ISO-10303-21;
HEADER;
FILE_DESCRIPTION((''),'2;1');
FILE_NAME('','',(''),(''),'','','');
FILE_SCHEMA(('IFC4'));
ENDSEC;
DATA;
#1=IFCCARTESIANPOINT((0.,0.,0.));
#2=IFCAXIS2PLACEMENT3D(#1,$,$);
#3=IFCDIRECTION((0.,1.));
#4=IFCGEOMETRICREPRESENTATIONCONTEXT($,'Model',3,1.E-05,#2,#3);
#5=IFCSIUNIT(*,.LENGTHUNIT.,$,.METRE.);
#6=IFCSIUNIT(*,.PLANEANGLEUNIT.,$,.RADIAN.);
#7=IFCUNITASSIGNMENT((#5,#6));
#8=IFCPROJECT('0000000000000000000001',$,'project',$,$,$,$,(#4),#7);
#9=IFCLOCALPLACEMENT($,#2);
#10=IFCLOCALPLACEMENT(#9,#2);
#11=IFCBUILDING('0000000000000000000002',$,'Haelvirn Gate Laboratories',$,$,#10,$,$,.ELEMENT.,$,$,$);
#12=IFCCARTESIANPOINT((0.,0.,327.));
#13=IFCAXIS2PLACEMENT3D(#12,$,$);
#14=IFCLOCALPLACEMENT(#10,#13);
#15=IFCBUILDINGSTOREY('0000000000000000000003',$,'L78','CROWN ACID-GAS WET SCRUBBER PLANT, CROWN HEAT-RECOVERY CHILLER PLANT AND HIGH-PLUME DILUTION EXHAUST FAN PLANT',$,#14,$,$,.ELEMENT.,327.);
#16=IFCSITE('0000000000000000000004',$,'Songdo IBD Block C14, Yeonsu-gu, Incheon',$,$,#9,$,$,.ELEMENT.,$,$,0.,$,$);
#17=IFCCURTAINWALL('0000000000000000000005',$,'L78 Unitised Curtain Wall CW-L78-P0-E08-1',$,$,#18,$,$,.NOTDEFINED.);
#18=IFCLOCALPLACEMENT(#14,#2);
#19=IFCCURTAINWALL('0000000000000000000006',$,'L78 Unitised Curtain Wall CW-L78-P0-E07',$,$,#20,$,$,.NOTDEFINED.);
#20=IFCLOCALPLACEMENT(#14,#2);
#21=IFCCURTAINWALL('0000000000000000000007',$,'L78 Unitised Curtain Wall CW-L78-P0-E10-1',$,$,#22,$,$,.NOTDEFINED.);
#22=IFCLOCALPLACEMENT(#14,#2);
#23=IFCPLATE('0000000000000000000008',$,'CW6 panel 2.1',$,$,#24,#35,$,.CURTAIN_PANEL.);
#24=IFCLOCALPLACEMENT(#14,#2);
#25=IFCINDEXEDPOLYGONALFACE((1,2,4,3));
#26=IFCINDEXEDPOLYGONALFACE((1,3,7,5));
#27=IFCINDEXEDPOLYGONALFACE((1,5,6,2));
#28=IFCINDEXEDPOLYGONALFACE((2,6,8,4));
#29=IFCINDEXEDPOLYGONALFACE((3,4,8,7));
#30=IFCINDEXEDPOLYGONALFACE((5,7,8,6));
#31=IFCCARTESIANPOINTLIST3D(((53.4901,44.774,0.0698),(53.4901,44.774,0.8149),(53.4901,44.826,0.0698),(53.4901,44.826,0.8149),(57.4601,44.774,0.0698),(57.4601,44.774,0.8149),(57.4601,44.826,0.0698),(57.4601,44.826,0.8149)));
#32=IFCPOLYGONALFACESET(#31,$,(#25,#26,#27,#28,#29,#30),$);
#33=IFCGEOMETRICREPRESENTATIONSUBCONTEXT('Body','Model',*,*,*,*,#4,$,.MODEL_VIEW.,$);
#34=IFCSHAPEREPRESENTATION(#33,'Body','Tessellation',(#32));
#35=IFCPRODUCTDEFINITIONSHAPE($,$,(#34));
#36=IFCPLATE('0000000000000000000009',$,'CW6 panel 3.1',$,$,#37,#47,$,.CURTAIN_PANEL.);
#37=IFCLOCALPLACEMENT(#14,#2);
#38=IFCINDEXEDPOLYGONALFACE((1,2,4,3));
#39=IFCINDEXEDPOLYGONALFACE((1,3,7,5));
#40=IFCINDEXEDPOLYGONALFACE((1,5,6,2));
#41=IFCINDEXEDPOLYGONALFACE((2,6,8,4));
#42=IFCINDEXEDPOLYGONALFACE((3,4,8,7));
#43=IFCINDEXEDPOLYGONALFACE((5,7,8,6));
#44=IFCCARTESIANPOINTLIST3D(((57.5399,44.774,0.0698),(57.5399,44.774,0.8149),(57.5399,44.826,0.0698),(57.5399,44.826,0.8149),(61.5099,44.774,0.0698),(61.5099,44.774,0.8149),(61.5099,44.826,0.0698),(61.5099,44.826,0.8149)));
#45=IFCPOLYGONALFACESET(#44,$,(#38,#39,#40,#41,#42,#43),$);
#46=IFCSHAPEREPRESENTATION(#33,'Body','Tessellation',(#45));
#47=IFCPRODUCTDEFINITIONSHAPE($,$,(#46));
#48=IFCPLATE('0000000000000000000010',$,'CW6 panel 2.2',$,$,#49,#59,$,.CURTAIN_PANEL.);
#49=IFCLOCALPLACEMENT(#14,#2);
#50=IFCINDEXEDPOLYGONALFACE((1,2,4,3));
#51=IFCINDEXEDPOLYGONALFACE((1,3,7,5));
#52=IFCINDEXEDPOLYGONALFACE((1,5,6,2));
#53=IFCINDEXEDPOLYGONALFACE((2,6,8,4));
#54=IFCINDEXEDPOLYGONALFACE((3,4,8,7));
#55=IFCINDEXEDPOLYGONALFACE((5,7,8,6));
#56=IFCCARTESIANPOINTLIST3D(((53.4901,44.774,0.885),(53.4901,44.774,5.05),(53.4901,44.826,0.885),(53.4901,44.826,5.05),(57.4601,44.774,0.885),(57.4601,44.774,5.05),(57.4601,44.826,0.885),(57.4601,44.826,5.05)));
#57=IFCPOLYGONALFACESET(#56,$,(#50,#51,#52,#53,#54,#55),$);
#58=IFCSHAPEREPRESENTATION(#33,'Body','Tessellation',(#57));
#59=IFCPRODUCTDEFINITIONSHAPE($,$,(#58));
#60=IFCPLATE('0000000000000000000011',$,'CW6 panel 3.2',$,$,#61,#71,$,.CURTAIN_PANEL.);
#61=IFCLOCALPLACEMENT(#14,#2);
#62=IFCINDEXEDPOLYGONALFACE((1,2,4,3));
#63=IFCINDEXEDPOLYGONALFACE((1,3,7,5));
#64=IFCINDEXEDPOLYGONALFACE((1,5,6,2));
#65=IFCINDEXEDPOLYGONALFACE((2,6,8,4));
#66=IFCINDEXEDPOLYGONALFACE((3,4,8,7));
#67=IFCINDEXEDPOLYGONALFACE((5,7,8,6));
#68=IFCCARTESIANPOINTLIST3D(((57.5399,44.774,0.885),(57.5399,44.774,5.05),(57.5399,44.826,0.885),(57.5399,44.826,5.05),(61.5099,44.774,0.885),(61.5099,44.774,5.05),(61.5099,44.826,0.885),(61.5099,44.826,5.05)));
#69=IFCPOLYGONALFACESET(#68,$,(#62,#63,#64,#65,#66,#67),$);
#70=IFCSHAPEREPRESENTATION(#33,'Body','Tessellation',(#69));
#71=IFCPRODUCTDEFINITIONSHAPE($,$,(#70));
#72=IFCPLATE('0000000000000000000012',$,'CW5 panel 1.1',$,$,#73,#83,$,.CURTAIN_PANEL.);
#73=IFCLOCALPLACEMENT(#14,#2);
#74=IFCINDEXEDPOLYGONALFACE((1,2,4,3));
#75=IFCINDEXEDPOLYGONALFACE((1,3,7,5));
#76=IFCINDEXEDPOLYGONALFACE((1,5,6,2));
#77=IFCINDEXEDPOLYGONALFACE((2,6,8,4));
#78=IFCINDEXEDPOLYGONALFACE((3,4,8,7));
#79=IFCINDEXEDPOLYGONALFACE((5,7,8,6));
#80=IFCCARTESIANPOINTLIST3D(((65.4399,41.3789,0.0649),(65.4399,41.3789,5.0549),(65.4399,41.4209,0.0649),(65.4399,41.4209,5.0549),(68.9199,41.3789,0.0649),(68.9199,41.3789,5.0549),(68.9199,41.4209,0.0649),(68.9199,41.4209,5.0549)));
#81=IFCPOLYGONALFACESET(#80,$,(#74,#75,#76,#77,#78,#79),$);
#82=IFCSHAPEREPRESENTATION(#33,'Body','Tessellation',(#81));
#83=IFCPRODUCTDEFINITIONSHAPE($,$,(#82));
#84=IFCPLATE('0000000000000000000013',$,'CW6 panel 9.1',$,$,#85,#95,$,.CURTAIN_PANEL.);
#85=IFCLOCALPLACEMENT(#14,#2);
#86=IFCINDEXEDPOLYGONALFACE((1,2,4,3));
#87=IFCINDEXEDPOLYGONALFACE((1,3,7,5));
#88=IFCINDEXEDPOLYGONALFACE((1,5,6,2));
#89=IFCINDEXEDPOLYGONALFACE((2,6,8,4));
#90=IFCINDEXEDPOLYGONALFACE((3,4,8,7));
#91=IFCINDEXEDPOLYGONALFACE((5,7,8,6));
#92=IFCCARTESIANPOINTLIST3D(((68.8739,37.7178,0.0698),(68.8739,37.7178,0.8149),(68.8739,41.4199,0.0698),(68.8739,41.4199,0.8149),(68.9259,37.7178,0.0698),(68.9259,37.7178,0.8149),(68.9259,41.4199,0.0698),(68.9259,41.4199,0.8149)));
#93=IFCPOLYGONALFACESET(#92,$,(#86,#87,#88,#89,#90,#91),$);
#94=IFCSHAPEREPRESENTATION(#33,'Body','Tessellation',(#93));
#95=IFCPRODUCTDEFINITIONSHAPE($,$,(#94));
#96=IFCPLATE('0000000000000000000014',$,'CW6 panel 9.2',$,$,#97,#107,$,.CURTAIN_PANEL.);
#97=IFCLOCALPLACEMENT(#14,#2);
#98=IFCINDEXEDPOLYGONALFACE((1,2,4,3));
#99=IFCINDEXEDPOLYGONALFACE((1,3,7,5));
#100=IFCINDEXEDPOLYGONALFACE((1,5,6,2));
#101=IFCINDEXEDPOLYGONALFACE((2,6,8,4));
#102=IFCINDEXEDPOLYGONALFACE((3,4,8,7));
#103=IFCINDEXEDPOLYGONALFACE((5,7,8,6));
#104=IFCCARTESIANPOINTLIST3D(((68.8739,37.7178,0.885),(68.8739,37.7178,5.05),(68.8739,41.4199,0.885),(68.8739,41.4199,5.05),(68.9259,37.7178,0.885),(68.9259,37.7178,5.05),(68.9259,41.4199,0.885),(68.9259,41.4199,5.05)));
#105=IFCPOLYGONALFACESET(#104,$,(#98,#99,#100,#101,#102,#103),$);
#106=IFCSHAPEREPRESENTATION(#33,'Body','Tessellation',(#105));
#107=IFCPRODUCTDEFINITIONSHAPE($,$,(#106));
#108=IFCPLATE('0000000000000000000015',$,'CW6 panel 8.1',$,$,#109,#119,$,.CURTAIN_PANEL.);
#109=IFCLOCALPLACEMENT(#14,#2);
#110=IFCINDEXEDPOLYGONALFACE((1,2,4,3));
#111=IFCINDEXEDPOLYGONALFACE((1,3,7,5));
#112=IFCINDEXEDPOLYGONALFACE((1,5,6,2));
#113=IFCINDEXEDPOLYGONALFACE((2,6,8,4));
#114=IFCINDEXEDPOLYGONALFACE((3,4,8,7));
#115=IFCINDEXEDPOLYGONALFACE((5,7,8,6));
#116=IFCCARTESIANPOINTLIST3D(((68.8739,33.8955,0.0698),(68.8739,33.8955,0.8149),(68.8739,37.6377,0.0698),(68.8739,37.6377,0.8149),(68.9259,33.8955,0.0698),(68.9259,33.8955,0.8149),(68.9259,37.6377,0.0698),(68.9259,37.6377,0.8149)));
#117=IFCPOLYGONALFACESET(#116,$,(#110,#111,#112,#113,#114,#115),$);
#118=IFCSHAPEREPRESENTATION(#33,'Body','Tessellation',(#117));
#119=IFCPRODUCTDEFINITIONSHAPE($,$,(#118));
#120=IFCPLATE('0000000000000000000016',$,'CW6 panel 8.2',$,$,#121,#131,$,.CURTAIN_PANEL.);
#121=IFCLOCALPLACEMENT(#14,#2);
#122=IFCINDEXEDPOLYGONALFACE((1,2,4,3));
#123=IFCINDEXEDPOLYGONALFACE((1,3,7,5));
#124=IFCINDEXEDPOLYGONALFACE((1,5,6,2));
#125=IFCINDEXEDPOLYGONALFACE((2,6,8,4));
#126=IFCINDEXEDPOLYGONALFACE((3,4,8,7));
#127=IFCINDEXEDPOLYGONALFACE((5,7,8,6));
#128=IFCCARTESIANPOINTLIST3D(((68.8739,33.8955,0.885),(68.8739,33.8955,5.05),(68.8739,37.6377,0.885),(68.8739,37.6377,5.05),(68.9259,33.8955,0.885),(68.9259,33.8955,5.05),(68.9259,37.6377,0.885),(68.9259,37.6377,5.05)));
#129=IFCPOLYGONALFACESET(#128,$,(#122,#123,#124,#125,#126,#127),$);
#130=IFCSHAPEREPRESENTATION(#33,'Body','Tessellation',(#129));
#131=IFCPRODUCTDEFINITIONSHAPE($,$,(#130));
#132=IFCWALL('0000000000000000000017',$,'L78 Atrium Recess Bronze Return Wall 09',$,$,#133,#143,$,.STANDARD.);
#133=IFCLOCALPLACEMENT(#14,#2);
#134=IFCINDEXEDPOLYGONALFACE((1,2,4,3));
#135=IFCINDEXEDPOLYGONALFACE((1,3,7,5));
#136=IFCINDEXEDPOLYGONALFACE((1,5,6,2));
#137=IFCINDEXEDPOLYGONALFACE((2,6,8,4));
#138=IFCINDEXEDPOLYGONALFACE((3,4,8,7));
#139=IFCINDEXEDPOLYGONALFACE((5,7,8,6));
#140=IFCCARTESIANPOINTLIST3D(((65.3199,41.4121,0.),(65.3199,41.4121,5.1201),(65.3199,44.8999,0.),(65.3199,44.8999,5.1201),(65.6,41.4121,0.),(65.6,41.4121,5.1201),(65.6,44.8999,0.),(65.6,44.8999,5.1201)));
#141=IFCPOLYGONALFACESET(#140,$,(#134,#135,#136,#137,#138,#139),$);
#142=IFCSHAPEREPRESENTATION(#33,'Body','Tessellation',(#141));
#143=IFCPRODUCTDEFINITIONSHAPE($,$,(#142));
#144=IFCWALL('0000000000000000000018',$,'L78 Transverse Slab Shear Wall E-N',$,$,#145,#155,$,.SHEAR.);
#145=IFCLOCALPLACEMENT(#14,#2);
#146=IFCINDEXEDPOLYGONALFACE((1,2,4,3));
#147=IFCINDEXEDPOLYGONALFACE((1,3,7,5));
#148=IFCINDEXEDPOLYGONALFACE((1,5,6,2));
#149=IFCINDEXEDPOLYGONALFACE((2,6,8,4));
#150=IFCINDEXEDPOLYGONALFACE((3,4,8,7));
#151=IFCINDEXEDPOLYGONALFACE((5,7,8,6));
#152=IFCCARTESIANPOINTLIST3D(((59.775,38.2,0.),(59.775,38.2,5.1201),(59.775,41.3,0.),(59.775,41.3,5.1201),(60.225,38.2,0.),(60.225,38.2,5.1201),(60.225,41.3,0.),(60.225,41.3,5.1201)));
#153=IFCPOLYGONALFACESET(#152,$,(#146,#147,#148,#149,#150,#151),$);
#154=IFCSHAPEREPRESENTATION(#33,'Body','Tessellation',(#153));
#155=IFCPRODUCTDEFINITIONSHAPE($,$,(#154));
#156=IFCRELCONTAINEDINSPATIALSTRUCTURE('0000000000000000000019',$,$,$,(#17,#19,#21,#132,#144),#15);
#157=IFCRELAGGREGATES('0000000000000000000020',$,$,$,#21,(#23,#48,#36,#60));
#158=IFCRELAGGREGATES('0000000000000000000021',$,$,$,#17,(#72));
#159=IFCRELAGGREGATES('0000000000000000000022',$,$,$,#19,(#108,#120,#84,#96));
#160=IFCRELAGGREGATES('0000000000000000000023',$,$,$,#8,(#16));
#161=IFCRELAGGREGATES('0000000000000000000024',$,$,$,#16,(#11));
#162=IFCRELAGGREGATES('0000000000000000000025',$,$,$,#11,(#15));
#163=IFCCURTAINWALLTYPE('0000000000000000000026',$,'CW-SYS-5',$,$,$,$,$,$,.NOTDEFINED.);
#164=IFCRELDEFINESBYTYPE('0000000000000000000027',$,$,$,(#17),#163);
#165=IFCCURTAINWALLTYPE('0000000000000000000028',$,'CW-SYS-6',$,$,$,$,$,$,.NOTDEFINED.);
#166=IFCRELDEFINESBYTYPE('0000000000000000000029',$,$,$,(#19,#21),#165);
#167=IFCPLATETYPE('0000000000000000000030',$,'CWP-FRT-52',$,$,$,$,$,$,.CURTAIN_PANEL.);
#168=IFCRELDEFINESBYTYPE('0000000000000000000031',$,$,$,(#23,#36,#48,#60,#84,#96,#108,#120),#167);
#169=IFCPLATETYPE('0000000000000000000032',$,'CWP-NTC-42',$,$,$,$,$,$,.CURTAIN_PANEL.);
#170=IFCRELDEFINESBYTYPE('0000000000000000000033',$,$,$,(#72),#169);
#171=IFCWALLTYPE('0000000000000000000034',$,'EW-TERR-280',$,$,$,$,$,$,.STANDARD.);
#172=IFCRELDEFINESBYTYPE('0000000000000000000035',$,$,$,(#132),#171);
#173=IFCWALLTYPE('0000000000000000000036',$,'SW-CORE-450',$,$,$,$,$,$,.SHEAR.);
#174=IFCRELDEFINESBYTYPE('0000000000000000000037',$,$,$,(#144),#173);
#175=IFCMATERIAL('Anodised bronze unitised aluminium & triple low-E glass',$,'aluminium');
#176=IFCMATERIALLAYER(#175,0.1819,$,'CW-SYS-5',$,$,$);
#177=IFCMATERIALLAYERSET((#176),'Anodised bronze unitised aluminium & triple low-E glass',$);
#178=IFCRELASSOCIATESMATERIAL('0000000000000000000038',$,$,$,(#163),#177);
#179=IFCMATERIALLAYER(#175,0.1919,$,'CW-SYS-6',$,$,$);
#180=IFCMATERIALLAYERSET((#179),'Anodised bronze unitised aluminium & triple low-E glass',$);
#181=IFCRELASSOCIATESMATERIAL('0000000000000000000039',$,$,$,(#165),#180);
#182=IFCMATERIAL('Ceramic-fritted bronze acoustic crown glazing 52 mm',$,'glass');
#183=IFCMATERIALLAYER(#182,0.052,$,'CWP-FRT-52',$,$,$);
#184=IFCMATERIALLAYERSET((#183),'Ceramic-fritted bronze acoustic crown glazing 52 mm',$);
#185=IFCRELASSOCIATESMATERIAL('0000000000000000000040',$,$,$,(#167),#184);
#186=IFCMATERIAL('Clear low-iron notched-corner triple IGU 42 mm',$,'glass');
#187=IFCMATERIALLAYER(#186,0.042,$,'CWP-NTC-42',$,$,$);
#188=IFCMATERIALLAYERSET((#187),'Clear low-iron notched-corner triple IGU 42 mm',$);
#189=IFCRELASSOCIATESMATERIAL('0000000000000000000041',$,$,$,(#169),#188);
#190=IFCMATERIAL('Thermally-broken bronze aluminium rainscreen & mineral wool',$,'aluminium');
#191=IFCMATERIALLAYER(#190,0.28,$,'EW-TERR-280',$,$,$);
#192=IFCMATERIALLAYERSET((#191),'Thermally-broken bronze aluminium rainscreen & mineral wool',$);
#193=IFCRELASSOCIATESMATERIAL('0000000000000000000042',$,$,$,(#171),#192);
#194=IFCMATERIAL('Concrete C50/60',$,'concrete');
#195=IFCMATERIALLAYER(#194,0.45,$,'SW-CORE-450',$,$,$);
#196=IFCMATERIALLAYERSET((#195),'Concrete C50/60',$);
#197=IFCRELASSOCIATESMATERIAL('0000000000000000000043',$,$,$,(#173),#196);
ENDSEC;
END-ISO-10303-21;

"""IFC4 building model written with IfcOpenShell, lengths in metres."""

from ifc_helpers import new_model, si_unit, direction, frame, frame_2d, origin, origin_2d, place, context, subcontext, project, spatial, rectangle, extrude, source, transform, mapped, material, layer, layer_set, type_object, type_shapes, element, aggregate, save


model = new_model("IFC4")

# Units and contexts
model_context = context("Model", 3, precision=1e-05, world=origin(), true_north=direction((0.0, 1.0)))
body_context = subcontext(model_context, "Body", "Model", "MODEL_VIEW")
ifc_project = project(units=[si_unit("LENGTHUNIT", "METRE"), si_unit("PLANEANGLEUNIT", "RADIAN")], contexts=[model_context])

# Site, building, storey
site_placement = place(None, origin())
site = spatial("IfcSite", under=ifc_project, at=site_placement, Name="Songdo IBD Block C14, Yeonsu-gu, Incheon", CompositionType="ELEMENT", RefElevation=0.0)
building_placement = place(site_placement, origin())
building = spatial("IfcBuilding", under=site, at=building_placement, Name="Haelvirn Gate Laboratories", CompositionType="ELEMENT")
storey_placement = place(building_placement, frame((0.0, 0.0, 327.0)))
storey = spatial("IfcBuildingStorey", under=building, at=storey_placement, Name="L78", Description="CROWN ACID-GAS WET SCRUBBER PLANT, CROWN HEAT-RECOVERY CHILLER PLANT AND HIGH-PLUME DILUTION EXHAUST FAN PLANT", CompositionType="ELEMENT", Elevation=327.0)

# Shared definitions
ifc_material_1 = material(Name="Concrete C50/60", Category="concrete")

# Curtain walls
ifc_material_2 = material(Name="Anodised bronze unitised aluminium & triple low-E glass", Category="aluminium")
ifc_layer_1 = layer(ifc_material_2, 0.1819, Name="CW-SYS-5")
ifc_layer_set_1 = layer_set([ifc_layer_1], Name="Anodised bronze unitised aluminium & triple low-E glass")
curtain_wall_type_1 = type_object("IfcCurtainWallType", Name="CW-SYS-5", PredefinedType="NOTDEFINED", material=ifc_layer_set_1)
curtain_wall_1_placement = place(storey_placement, origin())
curtain_wall_1 = element("IfcCurtainWall", 1, at=curtain_wall_1_placement, inside=storey, type_object=curtain_wall_type_1, Name="L78 Unitised Curtain Wall CW-L78-P0-E08-1", PredefinedType="NOTDEFINED")
ifc_layer_2 = layer(ifc_material_2, 0.1919, Name="CW-SYS-6")
ifc_layer_set_2 = layer_set([ifc_layer_2], Name="Anodised bronze unitised aluminium & triple low-E glass")
curtain_wall_type_2 = type_object("IfcCurtainWallType", Name="CW-SYS-6", PredefinedType="NOTDEFINED", material=ifc_layer_set_2)
curtain_wall_2_placement = place(storey_placement, origin())
curtain_wall_2 = element("IfcCurtainWall", 2, at=curtain_wall_2_placement, inside=storey, type_object=curtain_wall_type_2, Name="L78 Unitised Curtain Wall CW-L78-P0-E07", PredefinedType="NOTDEFINED")

# Curtain wall
curtain_wall_3_placement = place(storey_placement, origin())
curtain_wall_3 = element("IfcCurtainWall", 3, at=curtain_wall_3_placement, inside=storey, type_object=curtain_wall_type_2, Name="L78 Unitised Curtain Wall CW-L78-P0-E10-1", PredefinedType="NOTDEFINED")

# Plates
ifc_material_3 = material(Name="Ceramic-fritted bronze acoustic crown glazing 52 mm", Category="glass")
ifc_layer_3 = layer(ifc_material_3, 0.052, Name="CWP-FRT-52")
ifc_layer_set_3 = layer_set([ifc_layer_3], Name="Ceramic-fritted bronze acoustic crown glazing 52 mm")
plate_type_1 = type_object("IfcPlateType", Name="CWP-FRT-52", PredefinedType="CURTAIN_PANEL", material=ifc_layer_set_3)
shared_shape_1 = source(origin(), body_context, "Body", "SweptSolid", [
    extrude(rectangle(XDim=3.97, YDim=0.052, at=origin_2d()), origin(), (0.0, 0.0, 1.0), 0.7451),
])
plate_1_placement = place(storey_placement, frame((55.4751, 44.8, 0.0698), z_axis=(0.0, 0.0, 1.0), x_axis=(1.0, 0.0, 0.0)))
plate_1 = element("IfcPlate", 4, at=plate_1_placement, type_object=plate_type_1, Name="CW6 panel 2.1", PredefinedType="CURTAIN_PANEL", context=body_context, shape_type="MappedRepresentation", body=[
    mapped(shared_shape_1, transform((0.0, 0.0, 0.0), scale=1.0)),
])
plate_2_placement = place(storey_placement, frame((59.5249, 44.8, 0.0698), z_axis=(0.0, 0.0, 1.0), x_axis=(1.0, 0.0, 0.0)))
plate_2 = element("IfcPlate", 5, at=plate_2_placement, type_object=plate_type_1, Name="CW6 panel 3.1", PredefinedType="CURTAIN_PANEL", context=body_context, shape_type="MappedRepresentation", body=[
    mapped(shared_shape_1, transform((0.0, 0.0, 0.0), scale=1.0)),
])
shared_shape_2 = source(origin(), body_context, "Body", "SweptSolid", [
    extrude(rectangle(XDim=3.97, YDim=0.052, at=origin_2d()), origin(), (0.0, 0.0, 1.0), 4.165),
])
plate_3_placement = place(storey_placement, frame((55.4751, 44.8, 0.885), z_axis=(0.0, 0.0, 1.0), x_axis=(1.0, 0.0, 0.0)))
plate_3 = element("IfcPlate", 6, at=plate_3_placement, type_object=plate_type_1, Name="CW6 panel 2.2", PredefinedType="CURTAIN_PANEL", context=body_context, shape_type="MappedRepresentation", body=[
    mapped(shared_shape_2, transform((0.0, 0.0, 0.0), scale=1.0)),
])
plate_4_placement = place(storey_placement, frame((59.5249, 44.8, 0.885), z_axis=(0.0, 0.0, 1.0), x_axis=(1.0, 0.0, 0.0)))
plate_4 = element("IfcPlate", 7, at=plate_4_placement, type_object=plate_type_1, Name="CW6 panel 3.2", PredefinedType="CURTAIN_PANEL", context=body_context, shape_type="MappedRepresentation", body=[
    mapped(shared_shape_2, transform((0.0, 0.0, 0.0), scale=1.0)),
])
aggregate(curtain_wall_3, [plate_1, plate_3, plate_2, plate_4])
ifc_material_4 = material(Name="Clear low-iron notched-corner triple IGU 42 mm", Category="glass")
ifc_layer_4 = layer(ifc_material_4, 0.042, Name="CWP-NTC-42")
ifc_layer_set_4 = layer_set([ifc_layer_4], Name="Clear low-iron notched-corner triple IGU 42 mm")
plate_type_2 = type_object("IfcPlateType", Name="CWP-NTC-42", PredefinedType="CURTAIN_PANEL", material=ifc_layer_set_4)
shared_shape_3 = source(origin(), body_context, "Body", "SweptSolid", [
    extrude(rectangle(XDim=3.48, YDim=0.042, at=origin_2d()), origin(), (0.0, 0.0, 1.0), 4.99),
])
type_shapes(plate_type_2, [shared_shape_3])
plate_5_placement = place(storey_placement, frame((67.1799, 41.3999, 0.0649), z_axis=(0.0, 0.0, 1.0), x_axis=(1.0, 0.0, 0.0)))
plate_5 = element("IfcPlate", 8, at=plate_5_placement, type_object=plate_type_2, Name="CW5 panel 1.1", PredefinedType="CURTAIN_PANEL", context=body_context, shape_type="MappedRepresentation", body=[
    mapped(shared_shape_3, transform((0.0, 0.0, 0.0), scale=1.0)),
])
aggregate(curtain_wall_1, [plate_5])
shared_shape_4 = source(origin(), body_context, "Body", "SweptSolid", [
    extrude(rectangle(XDim=3.7021, YDim=0.052, at=origin_2d()), origin(), (0.0, 0.0, 1.0), 0.7451),
])
plate_6_placement = place(storey_placement, frame((68.8999, 39.5688, 0.0698), z_axis=(0.0, 0.0, 1.0), x_axis=(0.0, 1.0, 0.0)))
plate_6 = element("IfcPlate", 9, at=plate_6_placement, type_object=plate_type_1, Name="CW6 panel 9.1", PredefinedType="CURTAIN_PANEL", context=body_context, shape_type="MappedRepresentation", body=[
    mapped(shared_shape_4, transform((0.0, 0.0, 0.0), scale=1.0)),
])
shared_shape_5 = source(origin(), body_context, "Body", "SweptSolid", [
    extrude(rectangle(XDim=3.7021, YDim=0.052, at=origin_2d()), origin(), (0.0, 0.0, 1.0), 4.165),
])
plate_7_placement = place(storey_placement, frame((68.8999, 39.5688, 0.885), z_axis=(0.0, 0.0, 1.0), x_axis=(0.0, 1.0, 0.0)))
plate_7 = element("IfcPlate", 10, at=plate_7_placement, type_object=plate_type_1, Name="CW6 panel 9.2", PredefinedType="CURTAIN_PANEL", context=body_context, shape_type="MappedRepresentation", body=[
    mapped(shared_shape_5, transform((0.0, 0.0, 0.0), scale=1.0)),
])
shared_shape_6 = source(origin(), body_context, "Body", "SweptSolid", [
    extrude(rectangle(XDim=3.7422, YDim=0.052, at=origin_2d()), origin(), (0.0, 0.0, 1.0), 0.7451),
])
plate_8_placement = place(storey_placement, frame((68.8999, 35.7666, 0.0698), z_axis=(0.0, 0.0, 1.0), x_axis=(0.0, 1.0, 0.0)))
plate_8 = element("IfcPlate", 11, at=plate_8_placement, type_object=plate_type_1, Name="CW6 panel 8.1", PredefinedType="CURTAIN_PANEL", context=body_context, shape_type="MappedRepresentation", body=[
    mapped(shared_shape_6, transform((0.0, 0.0, 0.0), scale=1.0)),
])
shared_shape_7 = source(origin(), body_context, "Body", "SweptSolid", [
    extrude(rectangle(XDim=3.7422, YDim=0.052, at=origin_2d()), origin(), (0.0, 0.0, 1.0), 4.165),
])
plate_9_placement = place(storey_placement, frame((68.8999, 35.7666, 0.885), z_axis=(0.0, 0.0, 1.0), x_axis=(0.0, 1.0, 0.0)))
plate_9 = element("IfcPlate", 12, at=plate_9_placement, type_object=plate_type_1, Name="CW6 panel 8.2", PredefinedType="CURTAIN_PANEL", context=body_context, shape_type="MappedRepresentation", body=[
    mapped(shared_shape_7, transform((0.0, 0.0, 0.0), scale=1.0)),
])
aggregate(curtain_wall_2, [plate_8, plate_9, plate_6, plate_7])

# Walls
ifc_material_5 = material(Name="Thermally-broken bronze aluminium rainscreen & mineral wool", Category="aluminium")
ifc_layer_5 = layer(ifc_material_5, 0.28, Name="EW-TERR-280")
ifc_layer_set_5 = layer_set([ifc_layer_5], Name="Thermally-broken bronze aluminium rainscreen & mineral wool")
wall_type_1 = type_object("IfcWallType", Name="EW-TERR-280", PredefinedType="STANDARD", material=ifc_layer_set_5)
wall_1_placement = place(storey_placement, frame((65.46, 41.4121, 0.0), z_axis=(0.0, 0.0, 1.0), x_axis=(0.0, 1.0, 0.0)))
element("IfcWall", 13, at=wall_1_placement, inside=storey, type_object=wall_type_1, Name="L78 Atrium Recess Bronze Return Wall 09", PredefinedType="STANDARD", context=body_context, shape_type="SweptSolid", body=[
    extrude(rectangle(XDim=3.4878, YDim=0.28, at=frame_2d((1.7439, 0.0))), origin(), (0.0, 0.0, 1.0), 5.1201),
])
ifc_layer_6 = layer(ifc_material_1, 0.45, Name="SW-CORE-450")
ifc_layer_set_6 = layer_set([ifc_layer_6], Name="Concrete C50/60")
wall_type_2 = type_object("IfcWallType", Name="SW-CORE-450", PredefinedType="SHEAR", material=ifc_layer_set_6)
wall_2_placement = place(storey_placement, frame((60.0, 38.2, 0.0), z_axis=(0.0, 0.0, 1.0), x_axis=(0.0, 1.0, 0.0)))
element("IfcWall", 14, at=wall_2_placement, inside=storey, type_object=wall_type_2, Name="L78 Transverse Slab Shear Wall E-N", PredefinedType="SHEAR", context=body_context, shape_type="SweptSolid", body=[
    extrude(rectangle(XDim=3.1001, YDim=0.45, at=frame_2d((1.55, 0.0))), origin(), (0.0, 0.0, 1.0), 5.1201),
])

save(model, "model.ifc")
